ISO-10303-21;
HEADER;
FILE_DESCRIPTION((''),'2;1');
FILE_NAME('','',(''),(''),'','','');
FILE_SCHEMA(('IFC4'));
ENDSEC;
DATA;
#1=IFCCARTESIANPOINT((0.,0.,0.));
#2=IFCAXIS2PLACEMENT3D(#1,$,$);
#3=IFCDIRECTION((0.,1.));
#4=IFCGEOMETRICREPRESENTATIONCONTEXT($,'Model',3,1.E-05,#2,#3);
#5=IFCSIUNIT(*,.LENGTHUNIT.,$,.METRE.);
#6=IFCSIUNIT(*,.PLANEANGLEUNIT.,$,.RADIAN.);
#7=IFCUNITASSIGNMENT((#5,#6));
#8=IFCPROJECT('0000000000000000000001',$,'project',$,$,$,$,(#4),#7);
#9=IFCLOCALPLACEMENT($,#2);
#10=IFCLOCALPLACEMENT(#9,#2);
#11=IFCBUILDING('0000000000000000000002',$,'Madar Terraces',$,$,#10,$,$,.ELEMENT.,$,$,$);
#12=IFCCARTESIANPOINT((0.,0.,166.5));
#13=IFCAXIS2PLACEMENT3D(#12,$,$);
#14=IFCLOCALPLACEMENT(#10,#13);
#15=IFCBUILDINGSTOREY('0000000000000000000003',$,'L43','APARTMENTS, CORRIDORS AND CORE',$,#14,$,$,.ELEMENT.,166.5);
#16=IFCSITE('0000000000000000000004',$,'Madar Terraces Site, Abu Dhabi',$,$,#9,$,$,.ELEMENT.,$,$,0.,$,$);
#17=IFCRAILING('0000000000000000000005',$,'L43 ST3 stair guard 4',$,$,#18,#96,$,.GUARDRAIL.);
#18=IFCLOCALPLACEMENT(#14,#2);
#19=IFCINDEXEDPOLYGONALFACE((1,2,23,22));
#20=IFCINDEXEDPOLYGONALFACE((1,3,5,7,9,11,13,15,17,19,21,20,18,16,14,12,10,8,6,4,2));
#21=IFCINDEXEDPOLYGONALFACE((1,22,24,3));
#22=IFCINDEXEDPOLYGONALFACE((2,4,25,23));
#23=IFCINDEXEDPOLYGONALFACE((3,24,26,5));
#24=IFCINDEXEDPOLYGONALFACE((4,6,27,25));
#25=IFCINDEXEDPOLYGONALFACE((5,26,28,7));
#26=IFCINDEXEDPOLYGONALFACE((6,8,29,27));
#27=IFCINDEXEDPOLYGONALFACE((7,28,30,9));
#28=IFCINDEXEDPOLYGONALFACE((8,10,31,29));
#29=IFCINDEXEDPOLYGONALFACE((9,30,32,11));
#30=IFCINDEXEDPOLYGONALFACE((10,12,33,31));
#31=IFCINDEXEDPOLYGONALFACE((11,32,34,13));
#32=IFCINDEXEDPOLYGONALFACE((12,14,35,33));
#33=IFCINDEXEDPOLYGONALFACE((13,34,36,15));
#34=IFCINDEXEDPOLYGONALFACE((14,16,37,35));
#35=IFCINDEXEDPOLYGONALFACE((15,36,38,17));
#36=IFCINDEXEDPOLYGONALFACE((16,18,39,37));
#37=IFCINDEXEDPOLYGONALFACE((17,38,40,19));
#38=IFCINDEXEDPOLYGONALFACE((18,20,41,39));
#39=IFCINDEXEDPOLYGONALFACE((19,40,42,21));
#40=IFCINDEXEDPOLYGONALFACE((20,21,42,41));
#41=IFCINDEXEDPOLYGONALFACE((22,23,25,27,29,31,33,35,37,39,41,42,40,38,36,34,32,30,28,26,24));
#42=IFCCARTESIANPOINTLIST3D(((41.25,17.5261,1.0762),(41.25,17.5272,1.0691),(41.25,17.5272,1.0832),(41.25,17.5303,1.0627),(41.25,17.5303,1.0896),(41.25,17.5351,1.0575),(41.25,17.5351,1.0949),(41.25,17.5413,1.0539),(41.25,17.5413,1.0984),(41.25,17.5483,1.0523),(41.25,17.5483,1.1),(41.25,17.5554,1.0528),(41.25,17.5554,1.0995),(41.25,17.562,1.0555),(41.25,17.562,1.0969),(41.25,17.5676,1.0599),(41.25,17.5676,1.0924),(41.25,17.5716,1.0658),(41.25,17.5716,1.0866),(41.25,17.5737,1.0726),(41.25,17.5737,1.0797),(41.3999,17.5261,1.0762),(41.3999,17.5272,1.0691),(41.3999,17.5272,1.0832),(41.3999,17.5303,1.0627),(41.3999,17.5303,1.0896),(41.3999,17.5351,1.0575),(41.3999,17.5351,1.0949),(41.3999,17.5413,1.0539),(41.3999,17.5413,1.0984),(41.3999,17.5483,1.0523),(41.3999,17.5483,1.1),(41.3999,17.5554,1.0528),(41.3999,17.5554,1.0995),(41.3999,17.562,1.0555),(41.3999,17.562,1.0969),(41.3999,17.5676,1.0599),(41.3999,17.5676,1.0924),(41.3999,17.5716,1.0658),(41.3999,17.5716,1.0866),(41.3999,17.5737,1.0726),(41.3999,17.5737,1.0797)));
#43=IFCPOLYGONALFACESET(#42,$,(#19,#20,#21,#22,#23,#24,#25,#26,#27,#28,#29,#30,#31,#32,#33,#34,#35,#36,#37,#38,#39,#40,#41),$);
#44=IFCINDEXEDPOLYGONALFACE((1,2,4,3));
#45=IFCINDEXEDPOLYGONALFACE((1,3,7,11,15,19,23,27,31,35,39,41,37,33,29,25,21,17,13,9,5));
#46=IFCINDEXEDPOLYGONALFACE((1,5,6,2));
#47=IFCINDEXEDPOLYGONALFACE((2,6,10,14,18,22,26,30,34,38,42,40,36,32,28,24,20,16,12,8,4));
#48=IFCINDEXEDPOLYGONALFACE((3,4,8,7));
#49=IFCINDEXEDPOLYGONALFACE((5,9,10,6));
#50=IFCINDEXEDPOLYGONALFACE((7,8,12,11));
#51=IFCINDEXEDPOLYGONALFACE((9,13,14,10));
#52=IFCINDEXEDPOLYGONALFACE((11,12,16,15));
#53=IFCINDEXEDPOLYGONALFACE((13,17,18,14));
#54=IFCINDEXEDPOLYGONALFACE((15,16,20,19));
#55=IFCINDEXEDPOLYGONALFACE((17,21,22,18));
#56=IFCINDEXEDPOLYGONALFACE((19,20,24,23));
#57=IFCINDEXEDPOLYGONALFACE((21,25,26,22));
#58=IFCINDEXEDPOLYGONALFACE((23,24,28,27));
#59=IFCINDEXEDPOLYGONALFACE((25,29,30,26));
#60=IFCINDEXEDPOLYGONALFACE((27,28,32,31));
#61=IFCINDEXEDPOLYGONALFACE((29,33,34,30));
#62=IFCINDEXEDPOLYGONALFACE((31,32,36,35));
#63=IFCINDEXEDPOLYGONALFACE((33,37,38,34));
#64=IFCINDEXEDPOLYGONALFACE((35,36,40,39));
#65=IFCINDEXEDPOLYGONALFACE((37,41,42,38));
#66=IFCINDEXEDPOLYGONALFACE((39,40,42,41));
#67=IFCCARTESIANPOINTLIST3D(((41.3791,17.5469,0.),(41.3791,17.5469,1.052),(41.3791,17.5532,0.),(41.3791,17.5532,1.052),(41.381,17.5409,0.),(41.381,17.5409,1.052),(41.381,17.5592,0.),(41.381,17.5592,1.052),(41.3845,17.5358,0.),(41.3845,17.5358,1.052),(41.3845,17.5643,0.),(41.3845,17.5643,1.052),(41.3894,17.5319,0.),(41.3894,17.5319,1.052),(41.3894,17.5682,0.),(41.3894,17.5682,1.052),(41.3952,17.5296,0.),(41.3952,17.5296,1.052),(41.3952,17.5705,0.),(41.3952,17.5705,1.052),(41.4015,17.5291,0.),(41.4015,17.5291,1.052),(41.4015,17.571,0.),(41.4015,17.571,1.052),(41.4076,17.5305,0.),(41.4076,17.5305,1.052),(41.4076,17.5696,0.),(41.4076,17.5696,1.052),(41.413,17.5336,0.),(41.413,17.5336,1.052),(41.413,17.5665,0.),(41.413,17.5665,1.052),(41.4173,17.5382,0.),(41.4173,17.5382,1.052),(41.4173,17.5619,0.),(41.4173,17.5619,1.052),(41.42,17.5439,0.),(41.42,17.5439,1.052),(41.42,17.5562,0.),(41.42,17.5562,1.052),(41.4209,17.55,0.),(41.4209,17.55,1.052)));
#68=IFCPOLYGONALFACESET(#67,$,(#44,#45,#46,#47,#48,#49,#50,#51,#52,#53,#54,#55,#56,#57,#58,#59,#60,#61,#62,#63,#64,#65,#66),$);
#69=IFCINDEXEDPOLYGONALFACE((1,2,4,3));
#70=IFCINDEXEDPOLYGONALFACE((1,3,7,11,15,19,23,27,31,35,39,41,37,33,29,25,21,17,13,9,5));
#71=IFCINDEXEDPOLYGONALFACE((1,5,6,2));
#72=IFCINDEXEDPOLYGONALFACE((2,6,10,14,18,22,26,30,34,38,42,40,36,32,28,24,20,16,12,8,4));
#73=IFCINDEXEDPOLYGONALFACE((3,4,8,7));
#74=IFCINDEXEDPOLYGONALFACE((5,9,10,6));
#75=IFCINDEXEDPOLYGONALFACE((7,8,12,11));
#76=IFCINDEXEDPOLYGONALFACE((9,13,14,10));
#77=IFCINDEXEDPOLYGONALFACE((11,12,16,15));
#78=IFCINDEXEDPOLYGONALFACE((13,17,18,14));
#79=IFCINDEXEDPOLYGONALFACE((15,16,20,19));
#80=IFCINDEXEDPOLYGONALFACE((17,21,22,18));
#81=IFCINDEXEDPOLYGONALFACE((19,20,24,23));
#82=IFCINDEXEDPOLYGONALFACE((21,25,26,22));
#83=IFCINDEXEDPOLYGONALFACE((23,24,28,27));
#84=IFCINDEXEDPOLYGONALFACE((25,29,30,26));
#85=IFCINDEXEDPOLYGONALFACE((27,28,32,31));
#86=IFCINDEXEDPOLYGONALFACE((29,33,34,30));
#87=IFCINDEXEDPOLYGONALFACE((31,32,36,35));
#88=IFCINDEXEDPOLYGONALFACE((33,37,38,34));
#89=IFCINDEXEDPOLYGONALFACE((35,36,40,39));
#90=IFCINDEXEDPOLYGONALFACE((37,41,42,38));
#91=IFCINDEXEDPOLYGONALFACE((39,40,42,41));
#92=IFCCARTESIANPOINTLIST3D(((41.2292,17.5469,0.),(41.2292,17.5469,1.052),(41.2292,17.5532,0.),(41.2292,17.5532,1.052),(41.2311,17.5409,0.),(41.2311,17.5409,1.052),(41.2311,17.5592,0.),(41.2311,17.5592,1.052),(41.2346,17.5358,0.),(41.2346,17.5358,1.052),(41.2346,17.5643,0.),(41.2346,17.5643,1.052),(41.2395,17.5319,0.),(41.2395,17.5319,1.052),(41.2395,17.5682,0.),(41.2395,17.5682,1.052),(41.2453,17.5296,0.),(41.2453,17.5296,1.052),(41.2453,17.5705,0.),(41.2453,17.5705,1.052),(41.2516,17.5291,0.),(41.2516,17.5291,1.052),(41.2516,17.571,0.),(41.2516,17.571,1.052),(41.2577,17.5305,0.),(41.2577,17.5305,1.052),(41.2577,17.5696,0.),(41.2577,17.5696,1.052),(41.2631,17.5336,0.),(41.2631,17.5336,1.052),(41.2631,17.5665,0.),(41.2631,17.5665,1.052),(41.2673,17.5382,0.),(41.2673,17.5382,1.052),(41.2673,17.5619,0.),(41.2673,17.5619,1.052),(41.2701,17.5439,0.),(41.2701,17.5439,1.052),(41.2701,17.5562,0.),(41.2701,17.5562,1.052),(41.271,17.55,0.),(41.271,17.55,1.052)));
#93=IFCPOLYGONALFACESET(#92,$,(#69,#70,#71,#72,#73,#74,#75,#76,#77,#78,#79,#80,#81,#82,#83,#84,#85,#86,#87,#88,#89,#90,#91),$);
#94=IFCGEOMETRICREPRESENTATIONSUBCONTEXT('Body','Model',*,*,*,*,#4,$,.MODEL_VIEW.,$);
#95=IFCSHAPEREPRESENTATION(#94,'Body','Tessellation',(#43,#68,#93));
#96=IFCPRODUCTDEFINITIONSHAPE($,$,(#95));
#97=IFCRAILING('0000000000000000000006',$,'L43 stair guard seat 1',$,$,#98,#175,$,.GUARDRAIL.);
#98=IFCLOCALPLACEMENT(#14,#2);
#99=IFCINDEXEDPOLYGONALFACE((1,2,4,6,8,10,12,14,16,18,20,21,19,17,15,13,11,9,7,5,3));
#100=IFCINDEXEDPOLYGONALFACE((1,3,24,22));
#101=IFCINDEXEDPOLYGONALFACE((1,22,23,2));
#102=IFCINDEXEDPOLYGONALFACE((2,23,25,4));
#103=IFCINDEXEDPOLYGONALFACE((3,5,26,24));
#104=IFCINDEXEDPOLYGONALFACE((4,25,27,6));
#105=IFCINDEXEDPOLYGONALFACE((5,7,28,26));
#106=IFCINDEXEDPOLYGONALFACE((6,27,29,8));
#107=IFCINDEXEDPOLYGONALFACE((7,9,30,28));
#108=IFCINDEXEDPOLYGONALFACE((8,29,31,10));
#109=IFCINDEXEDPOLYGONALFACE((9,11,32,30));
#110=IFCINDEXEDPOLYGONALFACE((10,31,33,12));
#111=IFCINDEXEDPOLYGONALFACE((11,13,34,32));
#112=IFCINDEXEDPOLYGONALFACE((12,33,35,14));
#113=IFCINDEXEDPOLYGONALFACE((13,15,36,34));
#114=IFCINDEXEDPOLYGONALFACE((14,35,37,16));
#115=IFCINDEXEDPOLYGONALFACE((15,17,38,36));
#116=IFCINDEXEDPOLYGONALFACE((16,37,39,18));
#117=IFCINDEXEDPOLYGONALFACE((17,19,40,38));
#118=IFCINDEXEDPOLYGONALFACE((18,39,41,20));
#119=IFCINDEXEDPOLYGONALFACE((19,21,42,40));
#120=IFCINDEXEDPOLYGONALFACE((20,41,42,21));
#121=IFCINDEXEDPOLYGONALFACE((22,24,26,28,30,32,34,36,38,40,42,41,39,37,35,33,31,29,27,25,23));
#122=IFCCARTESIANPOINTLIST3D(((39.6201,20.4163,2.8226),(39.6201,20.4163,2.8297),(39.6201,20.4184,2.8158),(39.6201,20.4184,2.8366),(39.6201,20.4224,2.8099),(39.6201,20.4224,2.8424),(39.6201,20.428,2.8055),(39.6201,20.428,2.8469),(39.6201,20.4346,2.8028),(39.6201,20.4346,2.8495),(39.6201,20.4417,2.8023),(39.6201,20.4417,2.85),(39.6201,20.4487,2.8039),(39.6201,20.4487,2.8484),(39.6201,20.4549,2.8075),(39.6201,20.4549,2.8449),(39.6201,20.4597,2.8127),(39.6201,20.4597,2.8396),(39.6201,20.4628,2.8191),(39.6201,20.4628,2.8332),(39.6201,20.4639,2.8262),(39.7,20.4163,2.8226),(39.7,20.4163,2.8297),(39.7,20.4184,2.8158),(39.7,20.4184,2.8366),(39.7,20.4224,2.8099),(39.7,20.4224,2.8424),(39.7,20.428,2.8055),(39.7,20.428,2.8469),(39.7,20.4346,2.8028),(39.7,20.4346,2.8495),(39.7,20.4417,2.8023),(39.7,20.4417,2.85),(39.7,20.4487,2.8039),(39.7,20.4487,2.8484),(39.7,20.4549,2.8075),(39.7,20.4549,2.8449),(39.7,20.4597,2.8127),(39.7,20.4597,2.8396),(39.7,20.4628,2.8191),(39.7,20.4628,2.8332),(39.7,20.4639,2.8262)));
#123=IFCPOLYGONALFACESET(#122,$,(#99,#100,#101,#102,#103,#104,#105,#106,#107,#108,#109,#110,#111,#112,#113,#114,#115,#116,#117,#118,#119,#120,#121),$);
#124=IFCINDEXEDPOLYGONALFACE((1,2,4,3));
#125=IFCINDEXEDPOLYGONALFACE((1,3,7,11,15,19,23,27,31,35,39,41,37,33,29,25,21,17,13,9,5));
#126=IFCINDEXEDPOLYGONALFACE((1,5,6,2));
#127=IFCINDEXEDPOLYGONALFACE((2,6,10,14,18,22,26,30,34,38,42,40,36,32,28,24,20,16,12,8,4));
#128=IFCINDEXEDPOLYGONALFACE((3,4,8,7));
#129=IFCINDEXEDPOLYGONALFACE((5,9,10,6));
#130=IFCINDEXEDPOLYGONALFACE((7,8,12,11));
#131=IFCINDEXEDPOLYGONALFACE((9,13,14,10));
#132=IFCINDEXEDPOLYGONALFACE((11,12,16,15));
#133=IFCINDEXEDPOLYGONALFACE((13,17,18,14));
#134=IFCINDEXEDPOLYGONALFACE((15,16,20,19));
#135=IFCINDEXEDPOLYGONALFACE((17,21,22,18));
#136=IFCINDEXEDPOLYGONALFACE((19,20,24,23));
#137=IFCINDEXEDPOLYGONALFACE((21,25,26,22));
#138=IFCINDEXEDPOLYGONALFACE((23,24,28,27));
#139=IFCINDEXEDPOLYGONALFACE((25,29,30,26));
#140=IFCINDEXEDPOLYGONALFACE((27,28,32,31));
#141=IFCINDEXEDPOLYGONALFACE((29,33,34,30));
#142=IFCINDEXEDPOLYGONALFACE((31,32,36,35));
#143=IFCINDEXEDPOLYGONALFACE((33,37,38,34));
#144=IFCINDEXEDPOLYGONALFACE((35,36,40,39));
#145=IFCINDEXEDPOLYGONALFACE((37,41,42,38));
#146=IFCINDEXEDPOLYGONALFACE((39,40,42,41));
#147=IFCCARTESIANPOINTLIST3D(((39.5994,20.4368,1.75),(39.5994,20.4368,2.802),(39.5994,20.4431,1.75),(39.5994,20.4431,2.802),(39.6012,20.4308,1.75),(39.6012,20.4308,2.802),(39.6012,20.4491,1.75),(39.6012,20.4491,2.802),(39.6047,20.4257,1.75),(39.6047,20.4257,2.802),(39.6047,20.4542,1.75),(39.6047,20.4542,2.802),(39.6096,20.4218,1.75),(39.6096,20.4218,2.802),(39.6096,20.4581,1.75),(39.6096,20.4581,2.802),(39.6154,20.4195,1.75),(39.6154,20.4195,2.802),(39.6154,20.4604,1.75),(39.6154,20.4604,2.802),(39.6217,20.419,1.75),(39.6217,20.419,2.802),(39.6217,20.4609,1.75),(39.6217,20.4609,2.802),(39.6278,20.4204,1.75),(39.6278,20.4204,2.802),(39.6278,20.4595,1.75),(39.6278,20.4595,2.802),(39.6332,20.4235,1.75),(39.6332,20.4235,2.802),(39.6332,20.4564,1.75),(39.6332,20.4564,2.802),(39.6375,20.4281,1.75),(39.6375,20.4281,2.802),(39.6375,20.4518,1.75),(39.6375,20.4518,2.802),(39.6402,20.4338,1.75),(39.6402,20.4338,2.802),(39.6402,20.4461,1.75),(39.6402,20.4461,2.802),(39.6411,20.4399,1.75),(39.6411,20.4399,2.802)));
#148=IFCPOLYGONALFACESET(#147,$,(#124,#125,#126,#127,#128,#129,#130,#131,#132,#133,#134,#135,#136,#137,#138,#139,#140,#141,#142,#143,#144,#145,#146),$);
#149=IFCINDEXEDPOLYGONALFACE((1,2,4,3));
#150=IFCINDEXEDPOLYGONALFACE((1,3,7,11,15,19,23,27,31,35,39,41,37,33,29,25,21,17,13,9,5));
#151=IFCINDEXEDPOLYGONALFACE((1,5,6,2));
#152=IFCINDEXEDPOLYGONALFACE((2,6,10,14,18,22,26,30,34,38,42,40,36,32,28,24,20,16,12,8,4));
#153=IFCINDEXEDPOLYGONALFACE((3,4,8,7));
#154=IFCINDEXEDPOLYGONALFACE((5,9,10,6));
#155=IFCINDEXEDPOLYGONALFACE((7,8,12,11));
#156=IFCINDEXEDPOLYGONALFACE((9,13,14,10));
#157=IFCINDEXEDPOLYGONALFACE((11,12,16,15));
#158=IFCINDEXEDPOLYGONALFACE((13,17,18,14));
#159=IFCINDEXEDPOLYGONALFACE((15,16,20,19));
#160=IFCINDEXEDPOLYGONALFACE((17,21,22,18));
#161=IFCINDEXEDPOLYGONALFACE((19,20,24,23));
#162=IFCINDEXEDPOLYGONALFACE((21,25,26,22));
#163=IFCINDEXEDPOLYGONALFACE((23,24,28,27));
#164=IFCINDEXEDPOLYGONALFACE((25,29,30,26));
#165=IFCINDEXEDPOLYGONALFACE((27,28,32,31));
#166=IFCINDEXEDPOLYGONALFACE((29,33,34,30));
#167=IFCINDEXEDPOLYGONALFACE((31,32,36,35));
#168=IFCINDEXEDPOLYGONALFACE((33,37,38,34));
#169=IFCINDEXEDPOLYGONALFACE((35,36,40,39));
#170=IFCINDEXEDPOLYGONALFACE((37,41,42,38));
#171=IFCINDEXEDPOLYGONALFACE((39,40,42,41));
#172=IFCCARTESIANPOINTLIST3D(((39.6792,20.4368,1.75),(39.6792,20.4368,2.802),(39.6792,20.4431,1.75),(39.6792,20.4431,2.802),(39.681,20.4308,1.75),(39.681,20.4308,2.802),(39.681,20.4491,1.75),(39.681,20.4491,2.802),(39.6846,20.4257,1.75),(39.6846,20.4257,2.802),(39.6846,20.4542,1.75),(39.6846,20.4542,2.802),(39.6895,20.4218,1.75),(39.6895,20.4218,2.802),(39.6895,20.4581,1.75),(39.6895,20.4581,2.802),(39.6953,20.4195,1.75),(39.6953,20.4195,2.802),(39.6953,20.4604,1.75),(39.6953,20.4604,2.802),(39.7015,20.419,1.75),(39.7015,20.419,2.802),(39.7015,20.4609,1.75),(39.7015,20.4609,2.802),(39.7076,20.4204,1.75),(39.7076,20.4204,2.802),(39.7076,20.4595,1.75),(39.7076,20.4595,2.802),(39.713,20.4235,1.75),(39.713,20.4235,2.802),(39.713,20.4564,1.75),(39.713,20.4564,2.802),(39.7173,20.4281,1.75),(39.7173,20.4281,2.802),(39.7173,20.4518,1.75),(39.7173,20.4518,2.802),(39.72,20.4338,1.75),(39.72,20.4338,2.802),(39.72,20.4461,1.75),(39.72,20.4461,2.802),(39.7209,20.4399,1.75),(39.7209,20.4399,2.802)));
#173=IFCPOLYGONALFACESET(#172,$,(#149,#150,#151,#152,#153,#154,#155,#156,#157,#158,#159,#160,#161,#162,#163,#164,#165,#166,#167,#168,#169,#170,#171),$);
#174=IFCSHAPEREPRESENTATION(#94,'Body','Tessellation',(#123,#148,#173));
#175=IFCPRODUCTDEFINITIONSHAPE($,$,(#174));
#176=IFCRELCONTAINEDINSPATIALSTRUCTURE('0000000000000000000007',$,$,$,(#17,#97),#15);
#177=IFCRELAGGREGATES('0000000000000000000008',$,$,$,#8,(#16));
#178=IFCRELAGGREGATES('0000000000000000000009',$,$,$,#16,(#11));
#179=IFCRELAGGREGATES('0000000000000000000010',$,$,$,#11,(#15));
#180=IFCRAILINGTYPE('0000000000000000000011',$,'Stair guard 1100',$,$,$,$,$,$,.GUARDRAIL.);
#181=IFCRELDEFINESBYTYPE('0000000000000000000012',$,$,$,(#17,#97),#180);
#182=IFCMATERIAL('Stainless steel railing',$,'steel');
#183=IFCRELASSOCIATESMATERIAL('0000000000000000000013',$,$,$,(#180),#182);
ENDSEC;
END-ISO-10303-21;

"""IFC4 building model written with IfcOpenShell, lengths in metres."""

from ifc_helpers import new_model, si_unit, direction, frame, origin, origin_2d, place, context, subcontext, project, spatial, circle, extrude, material, type_object, element, save


model = new_model("IFC4")

# Units and contexts
model_context = context("Model", 3, precision=1e-05, world=origin(), true_north=direction((0.0, 1.0)))
body_context = subcontext(model_context, "Body", "Model", "MODEL_VIEW")
ifc_project = project(units=[si_unit("LENGTHUNIT", "METRE"), si_unit("PLANEANGLEUNIT", "RADIAN")], contexts=[model_context])

# Site, building, storey
site_placement = place(None, origin())
site = spatial("IfcSite", under=ifc_project, at=site_placement, Name="Madar Terraces Site, Abu Dhabi", CompositionType="ELEMENT", RefElevation=0.0)
building_placement = place(site_placement, origin())
building = spatial("IfcBuilding", under=site, at=building_placement, Name="Madar Terraces", CompositionType="ELEMENT")
storey_placement = place(building_placement, frame((0.0, 0.0, 166.5)))
storey = spatial("IfcBuildingStorey", under=building, at=storey_placement, Name="L43", Description="APARTMENTS, CORRIDORS AND CORE", CompositionType="ELEMENT", Elevation=166.5)

# Railings
ifc_material_1 = material(Name="Stainless steel railing", Category="steel")
railing_type_1 = type_object("IfcRailingType", Name="Stair guard 1100", PredefinedType="GUARDRAIL", material=ifc_material_1)
railing_1_placement = place(storey_placement, frame((41.3999, 17.55, 0.0)))
element("IfcRailing", 1, at=railing_1_placement, inside=storey, type_object=railing_type_1, Name="L43 ST3 stair guard 4", PredefinedType="GUARDRAIL", context=body_context, shape_type="SweptSolid", body=[
    extrude(circle(Radius=0.0239, at=origin_2d()), frame((0.0, 0.0, 1.0762), z_axis=(-1.0, 0.0, 0.0), x_axis=(0.0, -1.0, 0.0)), (0.0, 0.0, 1.0), 0.1499),
    extrude(circle(Radius=0.021, at=origin_2d()), origin(), (0.0, 0.0, 1.0), 1.052),
    extrude(circle(Radius=0.021, at=origin_2d()), frame((-0.1499, 0.0, 0.0)), (0.0, 0.0, 1.0), 1.052),
])
railing_2_placement = place(storey_placement, frame((39.6201, 20.4399, 1.75)))
element("IfcRailing", 2, at=railing_2_placement, inside=storey, type_object=railing_type_1, Name="L43 stair guard seat 1", PredefinedType="GUARDRAIL", context=body_context, shape_type="SweptSolid", body=[
    extrude(circle(Radius=0.0239, at=origin_2d()), frame((0.0, 0.0, 1.0762), z_axis=(1.0, 0.0, 0.0), x_axis=(0.0, 1.0, 0.0)), (0.0, 0.0, 1.0), 0.0798),
    extrude(circle(Radius=0.021, at=origin_2d()), origin(), (0.0, 0.0, 1.0), 1.052),
    extrude(circle(Radius=0.021, at=origin_2d()), frame((0.0798, 0.0, 0.0)), (0.0, 0.0, 1.0), 1.052),
])

save(model, "model.ifc")
